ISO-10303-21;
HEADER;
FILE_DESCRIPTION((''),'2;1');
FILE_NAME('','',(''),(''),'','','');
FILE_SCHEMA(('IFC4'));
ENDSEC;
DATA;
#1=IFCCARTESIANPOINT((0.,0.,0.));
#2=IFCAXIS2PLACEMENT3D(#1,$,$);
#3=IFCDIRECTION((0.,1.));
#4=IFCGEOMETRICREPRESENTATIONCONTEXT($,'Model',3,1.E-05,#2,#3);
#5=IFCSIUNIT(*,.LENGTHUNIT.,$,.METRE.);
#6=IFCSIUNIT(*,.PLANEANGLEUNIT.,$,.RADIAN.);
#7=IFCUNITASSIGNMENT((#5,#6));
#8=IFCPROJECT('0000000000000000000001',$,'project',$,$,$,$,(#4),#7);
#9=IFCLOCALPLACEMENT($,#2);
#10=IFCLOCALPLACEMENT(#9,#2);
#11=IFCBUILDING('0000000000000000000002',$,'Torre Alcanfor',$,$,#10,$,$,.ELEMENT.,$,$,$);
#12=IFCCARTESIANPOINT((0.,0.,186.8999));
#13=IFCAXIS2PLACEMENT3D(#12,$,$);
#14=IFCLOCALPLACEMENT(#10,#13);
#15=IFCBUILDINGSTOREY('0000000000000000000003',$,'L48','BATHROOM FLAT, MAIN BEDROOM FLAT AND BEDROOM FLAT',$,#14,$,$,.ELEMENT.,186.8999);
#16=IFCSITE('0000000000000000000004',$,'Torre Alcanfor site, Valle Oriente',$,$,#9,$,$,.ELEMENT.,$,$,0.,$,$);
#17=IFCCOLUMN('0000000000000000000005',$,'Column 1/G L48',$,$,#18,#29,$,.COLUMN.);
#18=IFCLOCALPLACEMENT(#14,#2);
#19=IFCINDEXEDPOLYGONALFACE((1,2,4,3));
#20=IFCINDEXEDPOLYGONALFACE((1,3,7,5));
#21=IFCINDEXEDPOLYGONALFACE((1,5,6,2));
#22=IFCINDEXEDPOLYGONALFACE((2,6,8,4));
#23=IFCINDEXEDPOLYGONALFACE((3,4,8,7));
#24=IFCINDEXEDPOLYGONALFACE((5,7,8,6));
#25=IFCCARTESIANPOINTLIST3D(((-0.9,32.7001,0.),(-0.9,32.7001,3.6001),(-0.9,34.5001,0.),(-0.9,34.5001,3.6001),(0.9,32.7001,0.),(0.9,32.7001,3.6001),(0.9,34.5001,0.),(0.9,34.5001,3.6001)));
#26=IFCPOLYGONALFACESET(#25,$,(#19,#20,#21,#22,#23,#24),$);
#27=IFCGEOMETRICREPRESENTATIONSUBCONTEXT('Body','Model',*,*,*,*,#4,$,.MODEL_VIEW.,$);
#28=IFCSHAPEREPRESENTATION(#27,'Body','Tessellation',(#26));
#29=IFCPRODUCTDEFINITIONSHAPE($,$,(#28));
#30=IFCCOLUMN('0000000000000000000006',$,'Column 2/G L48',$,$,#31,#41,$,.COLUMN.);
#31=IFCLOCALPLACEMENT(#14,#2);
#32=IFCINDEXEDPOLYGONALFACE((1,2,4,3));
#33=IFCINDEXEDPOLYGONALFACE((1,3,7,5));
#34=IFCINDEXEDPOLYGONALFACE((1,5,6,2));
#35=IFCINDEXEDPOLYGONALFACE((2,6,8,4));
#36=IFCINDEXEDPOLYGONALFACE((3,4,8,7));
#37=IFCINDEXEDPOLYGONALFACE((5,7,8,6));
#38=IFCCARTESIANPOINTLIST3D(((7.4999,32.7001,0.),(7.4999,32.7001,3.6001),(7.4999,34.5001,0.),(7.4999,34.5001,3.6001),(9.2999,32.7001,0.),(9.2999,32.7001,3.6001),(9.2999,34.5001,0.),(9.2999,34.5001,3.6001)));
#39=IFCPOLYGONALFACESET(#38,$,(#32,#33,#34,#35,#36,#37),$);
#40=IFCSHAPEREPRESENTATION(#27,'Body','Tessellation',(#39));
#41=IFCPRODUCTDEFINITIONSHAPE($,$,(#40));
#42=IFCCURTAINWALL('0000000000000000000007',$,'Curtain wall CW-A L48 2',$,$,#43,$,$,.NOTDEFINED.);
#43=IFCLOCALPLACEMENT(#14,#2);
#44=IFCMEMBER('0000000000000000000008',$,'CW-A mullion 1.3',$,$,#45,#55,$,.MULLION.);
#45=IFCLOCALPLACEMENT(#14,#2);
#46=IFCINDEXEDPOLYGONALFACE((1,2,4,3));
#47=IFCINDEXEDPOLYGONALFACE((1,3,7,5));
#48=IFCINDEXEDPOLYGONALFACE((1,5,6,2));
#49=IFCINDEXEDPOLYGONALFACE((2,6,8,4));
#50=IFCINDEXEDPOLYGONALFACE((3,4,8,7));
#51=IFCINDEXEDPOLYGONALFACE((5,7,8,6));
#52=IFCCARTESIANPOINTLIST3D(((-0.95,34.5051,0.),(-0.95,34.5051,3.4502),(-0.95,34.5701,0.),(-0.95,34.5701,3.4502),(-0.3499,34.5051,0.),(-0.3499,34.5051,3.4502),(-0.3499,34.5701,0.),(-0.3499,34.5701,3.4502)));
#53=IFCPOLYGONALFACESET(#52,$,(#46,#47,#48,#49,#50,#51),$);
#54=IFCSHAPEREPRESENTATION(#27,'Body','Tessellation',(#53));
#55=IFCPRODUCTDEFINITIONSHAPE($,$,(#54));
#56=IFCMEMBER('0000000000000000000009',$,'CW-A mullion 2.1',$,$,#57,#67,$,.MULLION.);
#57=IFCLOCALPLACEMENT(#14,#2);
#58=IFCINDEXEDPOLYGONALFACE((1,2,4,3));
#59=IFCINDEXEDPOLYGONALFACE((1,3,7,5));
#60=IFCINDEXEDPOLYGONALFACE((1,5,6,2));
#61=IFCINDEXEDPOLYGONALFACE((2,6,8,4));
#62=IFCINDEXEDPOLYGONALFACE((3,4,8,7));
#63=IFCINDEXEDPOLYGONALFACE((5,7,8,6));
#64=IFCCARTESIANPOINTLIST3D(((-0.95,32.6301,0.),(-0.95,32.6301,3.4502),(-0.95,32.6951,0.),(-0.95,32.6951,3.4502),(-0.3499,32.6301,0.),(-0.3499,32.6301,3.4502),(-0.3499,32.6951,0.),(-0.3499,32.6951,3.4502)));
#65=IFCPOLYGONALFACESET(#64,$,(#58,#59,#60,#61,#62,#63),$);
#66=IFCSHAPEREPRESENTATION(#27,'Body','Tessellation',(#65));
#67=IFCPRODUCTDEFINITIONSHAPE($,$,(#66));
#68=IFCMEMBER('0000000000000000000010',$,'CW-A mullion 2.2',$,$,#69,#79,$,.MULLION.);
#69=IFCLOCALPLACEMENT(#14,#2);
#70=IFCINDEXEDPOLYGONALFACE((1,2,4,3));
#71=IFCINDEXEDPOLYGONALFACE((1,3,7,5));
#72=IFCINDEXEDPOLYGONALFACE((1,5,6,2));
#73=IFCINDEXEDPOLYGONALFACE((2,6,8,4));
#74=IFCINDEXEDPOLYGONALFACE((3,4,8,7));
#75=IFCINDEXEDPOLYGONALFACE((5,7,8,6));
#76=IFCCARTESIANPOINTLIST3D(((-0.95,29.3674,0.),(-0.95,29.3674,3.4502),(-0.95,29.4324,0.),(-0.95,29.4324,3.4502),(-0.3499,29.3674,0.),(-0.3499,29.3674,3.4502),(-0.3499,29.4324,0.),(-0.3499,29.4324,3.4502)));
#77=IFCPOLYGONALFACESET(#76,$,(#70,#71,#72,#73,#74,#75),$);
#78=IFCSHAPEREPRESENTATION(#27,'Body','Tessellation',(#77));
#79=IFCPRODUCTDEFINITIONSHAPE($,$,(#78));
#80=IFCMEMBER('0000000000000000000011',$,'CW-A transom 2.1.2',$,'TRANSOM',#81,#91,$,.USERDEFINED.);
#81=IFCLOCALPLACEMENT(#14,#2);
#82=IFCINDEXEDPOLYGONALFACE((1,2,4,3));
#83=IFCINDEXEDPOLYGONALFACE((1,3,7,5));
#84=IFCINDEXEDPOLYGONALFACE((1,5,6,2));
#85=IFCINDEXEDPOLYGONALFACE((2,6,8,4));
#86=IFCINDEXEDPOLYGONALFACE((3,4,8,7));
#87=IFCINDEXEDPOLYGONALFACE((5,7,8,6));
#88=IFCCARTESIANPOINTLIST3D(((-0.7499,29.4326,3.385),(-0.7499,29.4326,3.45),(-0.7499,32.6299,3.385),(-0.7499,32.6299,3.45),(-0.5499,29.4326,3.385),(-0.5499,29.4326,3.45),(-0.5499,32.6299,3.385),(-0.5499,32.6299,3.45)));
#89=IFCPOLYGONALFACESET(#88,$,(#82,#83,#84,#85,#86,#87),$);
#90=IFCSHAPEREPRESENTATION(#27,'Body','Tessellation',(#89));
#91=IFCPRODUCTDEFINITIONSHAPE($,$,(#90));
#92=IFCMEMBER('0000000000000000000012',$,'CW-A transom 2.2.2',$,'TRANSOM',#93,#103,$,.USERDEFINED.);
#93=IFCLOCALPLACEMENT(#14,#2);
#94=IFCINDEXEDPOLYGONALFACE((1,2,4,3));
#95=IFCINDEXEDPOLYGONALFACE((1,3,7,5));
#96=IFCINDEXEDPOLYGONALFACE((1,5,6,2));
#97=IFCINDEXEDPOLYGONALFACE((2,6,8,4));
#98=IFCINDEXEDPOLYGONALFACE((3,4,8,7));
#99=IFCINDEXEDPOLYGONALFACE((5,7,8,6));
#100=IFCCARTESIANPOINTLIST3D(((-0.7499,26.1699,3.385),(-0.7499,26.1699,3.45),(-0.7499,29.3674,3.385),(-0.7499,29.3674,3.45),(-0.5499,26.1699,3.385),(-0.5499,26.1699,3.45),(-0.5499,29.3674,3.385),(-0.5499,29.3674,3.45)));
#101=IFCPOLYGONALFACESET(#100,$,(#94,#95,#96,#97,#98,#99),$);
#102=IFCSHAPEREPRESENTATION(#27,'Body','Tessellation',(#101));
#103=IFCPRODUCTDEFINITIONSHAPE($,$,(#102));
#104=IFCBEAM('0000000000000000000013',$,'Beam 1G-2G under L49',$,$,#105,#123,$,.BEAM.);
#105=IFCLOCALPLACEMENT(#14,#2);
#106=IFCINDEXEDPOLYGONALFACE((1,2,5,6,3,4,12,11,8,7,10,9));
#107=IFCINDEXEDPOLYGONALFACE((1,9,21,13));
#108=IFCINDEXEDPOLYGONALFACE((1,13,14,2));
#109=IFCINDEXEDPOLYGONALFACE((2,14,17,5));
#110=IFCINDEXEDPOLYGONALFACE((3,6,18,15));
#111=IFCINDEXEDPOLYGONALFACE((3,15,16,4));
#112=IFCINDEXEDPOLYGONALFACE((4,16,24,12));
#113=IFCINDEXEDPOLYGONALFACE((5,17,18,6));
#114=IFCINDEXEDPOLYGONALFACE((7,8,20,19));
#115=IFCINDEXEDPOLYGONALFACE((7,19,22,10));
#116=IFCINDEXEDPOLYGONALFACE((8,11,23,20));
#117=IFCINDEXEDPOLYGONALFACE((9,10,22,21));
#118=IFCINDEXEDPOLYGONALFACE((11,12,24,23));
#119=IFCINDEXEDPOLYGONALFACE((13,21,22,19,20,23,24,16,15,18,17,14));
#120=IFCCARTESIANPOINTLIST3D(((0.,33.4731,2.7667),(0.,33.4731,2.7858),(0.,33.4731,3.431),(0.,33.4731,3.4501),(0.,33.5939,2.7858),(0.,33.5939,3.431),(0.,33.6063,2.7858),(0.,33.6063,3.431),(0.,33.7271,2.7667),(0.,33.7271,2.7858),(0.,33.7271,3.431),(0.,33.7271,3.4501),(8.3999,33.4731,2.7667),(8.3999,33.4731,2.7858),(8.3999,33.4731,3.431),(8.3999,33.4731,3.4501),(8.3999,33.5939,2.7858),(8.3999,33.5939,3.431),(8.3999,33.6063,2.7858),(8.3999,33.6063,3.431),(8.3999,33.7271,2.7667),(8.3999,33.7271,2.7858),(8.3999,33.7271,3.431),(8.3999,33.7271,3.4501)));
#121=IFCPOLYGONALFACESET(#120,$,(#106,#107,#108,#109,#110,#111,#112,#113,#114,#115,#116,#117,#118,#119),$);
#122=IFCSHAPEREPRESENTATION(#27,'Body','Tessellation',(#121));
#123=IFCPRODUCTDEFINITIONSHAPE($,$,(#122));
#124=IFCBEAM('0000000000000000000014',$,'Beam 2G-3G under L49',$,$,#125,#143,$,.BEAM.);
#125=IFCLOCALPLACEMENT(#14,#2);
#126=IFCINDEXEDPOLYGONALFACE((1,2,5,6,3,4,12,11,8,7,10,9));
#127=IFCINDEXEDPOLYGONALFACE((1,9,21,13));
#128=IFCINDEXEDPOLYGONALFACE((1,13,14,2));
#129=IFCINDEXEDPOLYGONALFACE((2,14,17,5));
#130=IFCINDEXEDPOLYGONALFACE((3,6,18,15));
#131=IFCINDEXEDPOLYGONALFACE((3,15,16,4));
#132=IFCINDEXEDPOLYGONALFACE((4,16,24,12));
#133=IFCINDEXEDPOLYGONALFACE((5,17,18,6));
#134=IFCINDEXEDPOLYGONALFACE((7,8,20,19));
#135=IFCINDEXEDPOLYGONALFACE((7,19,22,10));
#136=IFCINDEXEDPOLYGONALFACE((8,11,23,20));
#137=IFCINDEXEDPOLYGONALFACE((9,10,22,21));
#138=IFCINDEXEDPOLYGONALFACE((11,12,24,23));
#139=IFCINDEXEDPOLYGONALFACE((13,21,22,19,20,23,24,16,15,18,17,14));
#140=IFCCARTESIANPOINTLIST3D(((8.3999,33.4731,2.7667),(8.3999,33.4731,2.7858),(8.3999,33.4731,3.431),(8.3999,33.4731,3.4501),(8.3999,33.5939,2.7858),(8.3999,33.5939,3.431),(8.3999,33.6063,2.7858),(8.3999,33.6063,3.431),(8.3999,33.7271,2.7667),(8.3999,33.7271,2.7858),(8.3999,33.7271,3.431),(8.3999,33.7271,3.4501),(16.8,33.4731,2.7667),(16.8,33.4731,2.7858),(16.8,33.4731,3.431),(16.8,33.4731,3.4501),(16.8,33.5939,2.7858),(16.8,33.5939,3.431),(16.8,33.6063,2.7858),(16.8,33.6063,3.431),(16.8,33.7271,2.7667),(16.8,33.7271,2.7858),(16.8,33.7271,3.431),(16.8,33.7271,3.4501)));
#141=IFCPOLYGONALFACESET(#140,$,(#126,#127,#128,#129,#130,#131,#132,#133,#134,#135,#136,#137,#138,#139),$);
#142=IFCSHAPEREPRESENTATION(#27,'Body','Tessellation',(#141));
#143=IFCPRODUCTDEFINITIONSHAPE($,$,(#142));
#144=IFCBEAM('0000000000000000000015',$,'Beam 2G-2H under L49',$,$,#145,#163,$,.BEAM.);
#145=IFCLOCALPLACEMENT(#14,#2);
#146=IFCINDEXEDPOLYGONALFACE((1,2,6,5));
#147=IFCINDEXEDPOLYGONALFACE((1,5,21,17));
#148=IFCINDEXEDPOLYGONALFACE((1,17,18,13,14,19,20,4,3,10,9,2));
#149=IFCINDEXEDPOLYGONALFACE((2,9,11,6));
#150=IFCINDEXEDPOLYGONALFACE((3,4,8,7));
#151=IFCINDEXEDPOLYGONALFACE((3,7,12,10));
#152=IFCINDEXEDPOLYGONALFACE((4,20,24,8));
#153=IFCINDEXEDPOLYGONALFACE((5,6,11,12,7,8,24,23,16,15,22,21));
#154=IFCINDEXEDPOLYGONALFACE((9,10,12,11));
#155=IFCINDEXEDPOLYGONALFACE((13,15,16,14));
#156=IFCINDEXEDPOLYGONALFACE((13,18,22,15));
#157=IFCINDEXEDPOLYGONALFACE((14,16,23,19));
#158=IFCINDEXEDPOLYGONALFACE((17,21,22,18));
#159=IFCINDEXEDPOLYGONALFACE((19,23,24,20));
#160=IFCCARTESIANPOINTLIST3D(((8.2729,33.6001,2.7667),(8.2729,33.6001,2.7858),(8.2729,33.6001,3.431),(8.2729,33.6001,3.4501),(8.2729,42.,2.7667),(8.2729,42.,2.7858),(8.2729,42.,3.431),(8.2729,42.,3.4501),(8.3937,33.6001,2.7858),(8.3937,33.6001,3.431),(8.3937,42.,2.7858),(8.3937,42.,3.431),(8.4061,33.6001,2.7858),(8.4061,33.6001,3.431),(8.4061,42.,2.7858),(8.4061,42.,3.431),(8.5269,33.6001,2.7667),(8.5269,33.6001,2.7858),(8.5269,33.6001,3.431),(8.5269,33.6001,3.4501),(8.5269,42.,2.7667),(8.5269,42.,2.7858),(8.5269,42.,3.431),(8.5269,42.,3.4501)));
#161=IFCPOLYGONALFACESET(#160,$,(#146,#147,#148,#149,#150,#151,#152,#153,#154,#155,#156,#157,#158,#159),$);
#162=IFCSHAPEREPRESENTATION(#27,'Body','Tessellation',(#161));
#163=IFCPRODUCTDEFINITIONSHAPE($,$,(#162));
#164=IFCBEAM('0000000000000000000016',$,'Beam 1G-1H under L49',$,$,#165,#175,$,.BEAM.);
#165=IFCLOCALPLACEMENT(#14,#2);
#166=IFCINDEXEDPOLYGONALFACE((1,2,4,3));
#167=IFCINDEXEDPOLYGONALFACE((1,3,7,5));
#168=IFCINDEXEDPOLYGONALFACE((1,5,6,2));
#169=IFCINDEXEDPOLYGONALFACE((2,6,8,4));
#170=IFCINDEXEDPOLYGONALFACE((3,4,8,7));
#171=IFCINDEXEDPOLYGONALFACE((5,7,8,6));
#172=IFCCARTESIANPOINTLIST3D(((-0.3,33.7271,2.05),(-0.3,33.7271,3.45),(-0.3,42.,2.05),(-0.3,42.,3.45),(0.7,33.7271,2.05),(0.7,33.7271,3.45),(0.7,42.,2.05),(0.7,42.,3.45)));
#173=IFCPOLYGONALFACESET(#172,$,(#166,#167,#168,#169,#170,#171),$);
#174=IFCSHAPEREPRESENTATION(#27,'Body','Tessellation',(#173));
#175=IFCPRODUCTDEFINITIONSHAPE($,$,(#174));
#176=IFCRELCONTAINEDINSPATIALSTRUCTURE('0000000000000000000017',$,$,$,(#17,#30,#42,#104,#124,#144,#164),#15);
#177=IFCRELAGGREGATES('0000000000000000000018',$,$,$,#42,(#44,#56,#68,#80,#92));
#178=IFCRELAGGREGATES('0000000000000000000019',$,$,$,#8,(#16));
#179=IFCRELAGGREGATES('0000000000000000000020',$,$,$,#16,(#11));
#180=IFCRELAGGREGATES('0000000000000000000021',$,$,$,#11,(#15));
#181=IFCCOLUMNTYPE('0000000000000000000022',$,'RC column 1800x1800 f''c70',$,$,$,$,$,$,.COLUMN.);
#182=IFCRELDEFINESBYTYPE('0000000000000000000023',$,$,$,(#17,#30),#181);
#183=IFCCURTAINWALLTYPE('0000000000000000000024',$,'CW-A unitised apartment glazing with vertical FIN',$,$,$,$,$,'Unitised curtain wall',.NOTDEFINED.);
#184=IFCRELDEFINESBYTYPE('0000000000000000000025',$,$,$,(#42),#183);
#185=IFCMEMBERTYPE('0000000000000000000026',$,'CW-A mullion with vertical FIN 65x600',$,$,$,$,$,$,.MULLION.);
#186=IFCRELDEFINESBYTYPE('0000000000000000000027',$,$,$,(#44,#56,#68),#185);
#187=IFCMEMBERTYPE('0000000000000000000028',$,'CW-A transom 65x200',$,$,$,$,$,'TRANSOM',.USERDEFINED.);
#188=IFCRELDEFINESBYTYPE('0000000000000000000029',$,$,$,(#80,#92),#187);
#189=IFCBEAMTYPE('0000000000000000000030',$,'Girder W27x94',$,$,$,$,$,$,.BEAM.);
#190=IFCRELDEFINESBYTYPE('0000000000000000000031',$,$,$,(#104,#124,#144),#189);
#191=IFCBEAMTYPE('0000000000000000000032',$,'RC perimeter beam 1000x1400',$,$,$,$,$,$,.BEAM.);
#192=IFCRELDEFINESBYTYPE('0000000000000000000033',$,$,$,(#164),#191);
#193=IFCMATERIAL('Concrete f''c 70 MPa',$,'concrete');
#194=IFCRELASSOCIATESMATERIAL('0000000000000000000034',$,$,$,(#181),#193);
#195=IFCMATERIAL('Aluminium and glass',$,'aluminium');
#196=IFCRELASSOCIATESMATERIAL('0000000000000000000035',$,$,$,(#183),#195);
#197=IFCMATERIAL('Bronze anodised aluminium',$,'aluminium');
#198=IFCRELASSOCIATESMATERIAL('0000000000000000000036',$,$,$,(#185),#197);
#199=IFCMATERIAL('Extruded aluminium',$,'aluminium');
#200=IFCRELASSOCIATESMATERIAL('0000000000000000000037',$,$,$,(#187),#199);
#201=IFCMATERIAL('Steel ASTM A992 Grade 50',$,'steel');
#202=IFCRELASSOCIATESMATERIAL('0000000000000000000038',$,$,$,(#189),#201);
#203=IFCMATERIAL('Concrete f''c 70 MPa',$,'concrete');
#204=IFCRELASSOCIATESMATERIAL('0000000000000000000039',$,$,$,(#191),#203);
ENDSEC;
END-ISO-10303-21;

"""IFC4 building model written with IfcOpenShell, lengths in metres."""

from ifc_helpers import new_model, si_unit, direction, frame, origin, origin_2d, place, context, subcontext, project, spatial, rectangle, i_section, extrude, material, material_profile, profile_set, type_object, element, aggregate, save


model = new_model("IFC4")

# Units and contexts
model_context = context("Model", 3, precision=1e-05, world=origin(), true_north=direction((0.0, 1.0)))
body_context = subcontext(model_context, "Body", "Model", "MODEL_VIEW")
ifc_project = project(units=[si_unit("LENGTHUNIT", "METRE"), si_unit("PLANEANGLEUNIT", "RADIAN")], contexts=[model_context])

# Site, building, storey
site_placement = place(None, origin())
site = spatial("IfcSite", under=ifc_project, at=site_placement, Name="Torre Alcanfor site, Valle Oriente", CompositionType="ELEMENT", RefElevation=0.0)
building_placement = place(site_placement, origin())
building = spatial("IfcBuilding", under=site, at=building_placement, Name="Torre Alcanfor", CompositionType="ELEMENT")
storey_placement = place(building_placement, frame((0.0, 0.0, 186.8999)))
storey = spatial("IfcBuildingStorey", under=building, at=storey_placement, Name="L48", Description="BATHROOM FLAT, MAIN BEDROOM FLAT AND BEDROOM FLAT", CompositionType="ELEMENT", Elevation=186.8999)

# Columns
ifc_material_1 = material(Name="Concrete f'c 70 MPa", Category="concrete")
ifc_material_profile_1 = material_profile(ifc_material_1, rectangle(XDim=1.8, YDim=1.8, at=origin_2d()), Name="1800x1800")
ifc_profile_set_1 = profile_set([ifc_material_profile_1], Name="Concrete f'c 70 MPa")
column_type = type_object("IfcColumnType", Name="RC column 1800x1800 f'c70", PredefinedType="COLUMN", material=ifc_profile_set_1)
for number, where, z_axis, x_axis, name in (
    (1, (0.0, 33.6001, 0.0), (0.0, 0.0, 1.0), (1.0, 0.0, 0.0), "Column 1/G L48"),
    (2, (8.3999, 33.6001, 0.0), (0.0, 0.0, 1.0), (1.0, 0.0, 0.0), "Column 2/G L48"),
):
    element("IfcColumn", number, at=place(storey_placement, frame(where, z_axis=z_axis, x_axis=x_axis)), inside=storey, type_object=column_type, Name=name, PredefinedType="COLUMN", context=body_context, shape_type="SweptSolid", body=[
        extrude(rectangle(XDim=1.8, YDim=1.8, at=origin_2d()), origin(), (0.0, 0.0, 1.0), 3.6001),
    ])

# Curtain wall, members
ifc_material_2 = material(Name="Aluminium and glass", Category="aluminium")
curtain_wall_type = type_object("IfcCurtainWallType", Name="CW-A unitised apartment glazing with vertical FIN", ElementType="Unitised curtain wall", PredefinedType="NOTDEFINED", material=ifc_material_2)
curtain_wall_placement = place(storey_placement, origin())
curtain_wall = element("IfcCurtainWall", 3, at=curtain_wall_placement, inside=storey, type_object=curtain_wall_type, Name="Curtain wall CW-A L48 2", PredefinedType="NOTDEFINED")
ifc_material_3 = material(Name="Bronze anodised aluminium", Category="aluminium")
ifc_material_profile_2 = material_profile(ifc_material_3, rectangle(XDim=0.6001, YDim=0.0649, at=origin_2d()), Name="CW-A mullion 65x600")
ifc_profile_set_2 = profile_set([ifc_material_profile_2], Name="Bronze anodised aluminium")
member_type_1 = type_object("IfcMemberType", Name="CW-A mullion with vertical FIN 65x600", PredefinedType="MULLION", material=ifc_profile_set_2)
member_1_placement = place(storey_placement, frame((-0.6499, 34.5376, 0.0), z_axis=(0.0, 0.0, 1.0), x_axis=(1.0, 0.0, 0.0)))
member_1 = element("IfcMember", 4, at=member_1_placement, type_object=member_type_1, Name="CW-A mullion 1.3", PredefinedType="MULLION", context=body_context, shape_type="SweptSolid", body=[
    extrude(rectangle(XDim=0.6001, YDim=0.0649, at=origin_2d()), origin(), (0.0, 0.0, 1.0), 3.4502),
])
member_2_placement = place(storey_placement, frame((-0.6499, 32.6626, 0.0), z_axis=(0.0, 0.0, 1.0), x_axis=(1.0, 0.0, 0.0)))
member_2 = element("IfcMember", 5, at=member_2_placement, type_object=member_type_1, Name="CW-A mullion 2.1", PredefinedType="MULLION", context=body_context, shape_type="SweptSolid", body=[
    extrude(rectangle(XDim=0.6001, YDim=0.0649, at=origin_2d()), origin(), (0.0, 0.0, 1.0), 3.4502),
])
member_3_placement = place(storey_placement, frame((-0.6499, 29.3999, 0.0), z_axis=(0.0, 0.0, 1.0), x_axis=(1.0, 0.0, 0.0)))
member_3 = element("IfcMember", 6, at=member_3_placement, type_object=member_type_1, Name="CW-A mullion 2.2", PredefinedType="MULLION", context=body_context, shape_type="SweptSolid", body=[
    extrude(rectangle(XDim=0.6001, YDim=0.0649, at=origin_2d()), origin(), (0.0, 0.0, 1.0), 3.4502),
])
ifc_material_4 = material(Name="Extruded aluminium", Category="aluminium")
ifc_material_profile_3 = material_profile(ifc_material_4, rectangle(XDim=0.2, YDim=0.0649, at=origin_2d()), Name="CW-A transom 200x65")
ifc_profile_set_3 = profile_set([ifc_material_profile_3], Name="Extruded aluminium")
member_type_2 = type_object("IfcMemberType", Name="CW-A transom 65x200", ElementType="TRANSOM", PredefinedType="USERDEFINED", material=ifc_profile_set_3)
member_4_placement = place(storey_placement, frame((-0.6499, 32.6299, 3.4175), z_axis=(0.0, -1.0, 0.0), x_axis=(1.0, 0.0, 0.0)))
member_4 = element("IfcMember", 7, at=member_4_placement, type_object=member_type_2, Name="CW-A transom 2.1.2", ObjectType="TRANSOM", PredefinedType="USERDEFINED", context=body_context, shape_type="SweptSolid", body=[
    extrude(rectangle(XDim=0.2, YDim=0.0649, at=origin_2d()), origin(), (0.0, 0.0, 1.0), 3.1973),
])
member_5_placement = place(storey_placement, frame((-0.6499, 29.3674, 3.4175), z_axis=(0.0, -1.0, 0.0), x_axis=(1.0, 0.0, 0.0)))
member_5 = element("IfcMember", 8, at=member_5_placement, type_object=member_type_2, Name="CW-A transom 2.2.2", ObjectType="TRANSOM", PredefinedType="USERDEFINED", context=body_context, shape_type="SweptSolid", body=[
    extrude(rectangle(XDim=0.2, YDim=0.0649, at=origin_2d()), origin(), (0.0, 0.0, 1.0), 3.1975),
])

# Beams
ifc_material_5 = material(Name="Steel ASTM A992 Grade 50", Category="steel")
ifc_material_profile_4 = material_profile(ifc_material_5, i_section(OverallWidth=0.2539, OverallDepth=0.6833, WebThickness=0.0125, FlangeThickness=0.019, at=origin_2d()), Name="W27x94")
ifc_profile_set_4 = profile_set([ifc_material_profile_4], Name="Steel ASTM A992 Grade 50")
beam_type_1 = type_object("IfcBeamType", Name="Girder W27x94", PredefinedType="BEAM", material=ifc_profile_set_4)
beam_1_placement = place(storey_placement, frame((0.0, 33.6001, 3.1084), z_axis=(1.0, 0.0, 0.0), x_axis=(0.0, 1.0, 0.0)))
element("IfcBeam", 9, at=beam_1_placement, inside=storey, type_object=beam_type_1, Name="Beam 1G-2G under L49", PredefinedType="BEAM", context=body_context, shape_type="SweptSolid", body=[
    extrude(i_section(OverallWidth=0.2539, OverallDepth=0.6833, WebThickness=0.0125, FlangeThickness=0.019, at=origin_2d()), origin(), (0.0, 0.0, 1.0), 8.3999),
])
beam_2_placement = place(storey_placement, frame((8.3999, 33.6001, 3.1084), z_axis=(1.0, 0.0, 0.0), x_axis=(0.0, 1.0, 0.0)))
element("IfcBeam", 10, at=beam_2_placement, inside=storey, type_object=beam_type_1, Name="Beam 2G-3G under L49", PredefinedType="BEAM", context=body_context, shape_type="SweptSolid", body=[
    extrude(i_section(OverallWidth=0.2539, OverallDepth=0.6833, WebThickness=0.0125, FlangeThickness=0.019, at=origin_2d()), origin(), (0.0, 0.0, 1.0), 8.4001),
])
beam_3_placement = place(storey_placement, frame((8.3999, 33.6001, 3.1084), z_axis=(0.0, 1.0, 0.0), x_axis=(-1.0, 0.0, 0.0)))
element("IfcBeam", 11, at=beam_3_placement, inside=storey, type_object=beam_type_1, Name="Beam 2G-2H under L49", PredefinedType="BEAM", context=body_context, shape_type="SweptSolid", body=[
    extrude(i_section(OverallWidth=0.2539, OverallDepth=0.6833, WebThickness=0.0125, FlangeThickness=0.019, at=origin_2d()), origin(), (0.0, 0.0, 1.0), 8.3999),
])
ifc_material_6 = material(Name="Concrete f'c 70 MPa", Category="concrete")
ifc_material_profile_5 = material_profile(ifc_material_6, rectangle(XDim=1.0, YDim=1.3999, at=origin_2d()), Name="1000x1400")
ifc_profile_set_5 = profile_set([ifc_material_profile_5], Name="Concrete f'c 70 MPa")
beam_type_2 = type_object("IfcBeamType", Name="RC perimeter beam 1000x1400", PredefinedType="BEAM", material=ifc_profile_set_5)
beam_4_placement = place(storey_placement, frame((0.2, 33.7271, 2.75), z_axis=(0.0, 1.0, 0.0), x_axis=(-1.0, 0.0, 0.0)))
element("IfcBeam", 12, at=beam_4_placement, inside=storey, type_object=beam_type_2, Name="Beam 1G-1H under L49", PredefinedType="BEAM", context=body_context, shape_type="SweptSolid", body=[
    extrude(rectangle(XDim=1.0, YDim=1.3999, at=origin_2d()), origin(), (0.0, 0.0, 1.0), 8.2729),
])

aggregate(curtain_wall, [member_1, member_2, member_3, member_4, member_5])

save(model, "model.ifc")
